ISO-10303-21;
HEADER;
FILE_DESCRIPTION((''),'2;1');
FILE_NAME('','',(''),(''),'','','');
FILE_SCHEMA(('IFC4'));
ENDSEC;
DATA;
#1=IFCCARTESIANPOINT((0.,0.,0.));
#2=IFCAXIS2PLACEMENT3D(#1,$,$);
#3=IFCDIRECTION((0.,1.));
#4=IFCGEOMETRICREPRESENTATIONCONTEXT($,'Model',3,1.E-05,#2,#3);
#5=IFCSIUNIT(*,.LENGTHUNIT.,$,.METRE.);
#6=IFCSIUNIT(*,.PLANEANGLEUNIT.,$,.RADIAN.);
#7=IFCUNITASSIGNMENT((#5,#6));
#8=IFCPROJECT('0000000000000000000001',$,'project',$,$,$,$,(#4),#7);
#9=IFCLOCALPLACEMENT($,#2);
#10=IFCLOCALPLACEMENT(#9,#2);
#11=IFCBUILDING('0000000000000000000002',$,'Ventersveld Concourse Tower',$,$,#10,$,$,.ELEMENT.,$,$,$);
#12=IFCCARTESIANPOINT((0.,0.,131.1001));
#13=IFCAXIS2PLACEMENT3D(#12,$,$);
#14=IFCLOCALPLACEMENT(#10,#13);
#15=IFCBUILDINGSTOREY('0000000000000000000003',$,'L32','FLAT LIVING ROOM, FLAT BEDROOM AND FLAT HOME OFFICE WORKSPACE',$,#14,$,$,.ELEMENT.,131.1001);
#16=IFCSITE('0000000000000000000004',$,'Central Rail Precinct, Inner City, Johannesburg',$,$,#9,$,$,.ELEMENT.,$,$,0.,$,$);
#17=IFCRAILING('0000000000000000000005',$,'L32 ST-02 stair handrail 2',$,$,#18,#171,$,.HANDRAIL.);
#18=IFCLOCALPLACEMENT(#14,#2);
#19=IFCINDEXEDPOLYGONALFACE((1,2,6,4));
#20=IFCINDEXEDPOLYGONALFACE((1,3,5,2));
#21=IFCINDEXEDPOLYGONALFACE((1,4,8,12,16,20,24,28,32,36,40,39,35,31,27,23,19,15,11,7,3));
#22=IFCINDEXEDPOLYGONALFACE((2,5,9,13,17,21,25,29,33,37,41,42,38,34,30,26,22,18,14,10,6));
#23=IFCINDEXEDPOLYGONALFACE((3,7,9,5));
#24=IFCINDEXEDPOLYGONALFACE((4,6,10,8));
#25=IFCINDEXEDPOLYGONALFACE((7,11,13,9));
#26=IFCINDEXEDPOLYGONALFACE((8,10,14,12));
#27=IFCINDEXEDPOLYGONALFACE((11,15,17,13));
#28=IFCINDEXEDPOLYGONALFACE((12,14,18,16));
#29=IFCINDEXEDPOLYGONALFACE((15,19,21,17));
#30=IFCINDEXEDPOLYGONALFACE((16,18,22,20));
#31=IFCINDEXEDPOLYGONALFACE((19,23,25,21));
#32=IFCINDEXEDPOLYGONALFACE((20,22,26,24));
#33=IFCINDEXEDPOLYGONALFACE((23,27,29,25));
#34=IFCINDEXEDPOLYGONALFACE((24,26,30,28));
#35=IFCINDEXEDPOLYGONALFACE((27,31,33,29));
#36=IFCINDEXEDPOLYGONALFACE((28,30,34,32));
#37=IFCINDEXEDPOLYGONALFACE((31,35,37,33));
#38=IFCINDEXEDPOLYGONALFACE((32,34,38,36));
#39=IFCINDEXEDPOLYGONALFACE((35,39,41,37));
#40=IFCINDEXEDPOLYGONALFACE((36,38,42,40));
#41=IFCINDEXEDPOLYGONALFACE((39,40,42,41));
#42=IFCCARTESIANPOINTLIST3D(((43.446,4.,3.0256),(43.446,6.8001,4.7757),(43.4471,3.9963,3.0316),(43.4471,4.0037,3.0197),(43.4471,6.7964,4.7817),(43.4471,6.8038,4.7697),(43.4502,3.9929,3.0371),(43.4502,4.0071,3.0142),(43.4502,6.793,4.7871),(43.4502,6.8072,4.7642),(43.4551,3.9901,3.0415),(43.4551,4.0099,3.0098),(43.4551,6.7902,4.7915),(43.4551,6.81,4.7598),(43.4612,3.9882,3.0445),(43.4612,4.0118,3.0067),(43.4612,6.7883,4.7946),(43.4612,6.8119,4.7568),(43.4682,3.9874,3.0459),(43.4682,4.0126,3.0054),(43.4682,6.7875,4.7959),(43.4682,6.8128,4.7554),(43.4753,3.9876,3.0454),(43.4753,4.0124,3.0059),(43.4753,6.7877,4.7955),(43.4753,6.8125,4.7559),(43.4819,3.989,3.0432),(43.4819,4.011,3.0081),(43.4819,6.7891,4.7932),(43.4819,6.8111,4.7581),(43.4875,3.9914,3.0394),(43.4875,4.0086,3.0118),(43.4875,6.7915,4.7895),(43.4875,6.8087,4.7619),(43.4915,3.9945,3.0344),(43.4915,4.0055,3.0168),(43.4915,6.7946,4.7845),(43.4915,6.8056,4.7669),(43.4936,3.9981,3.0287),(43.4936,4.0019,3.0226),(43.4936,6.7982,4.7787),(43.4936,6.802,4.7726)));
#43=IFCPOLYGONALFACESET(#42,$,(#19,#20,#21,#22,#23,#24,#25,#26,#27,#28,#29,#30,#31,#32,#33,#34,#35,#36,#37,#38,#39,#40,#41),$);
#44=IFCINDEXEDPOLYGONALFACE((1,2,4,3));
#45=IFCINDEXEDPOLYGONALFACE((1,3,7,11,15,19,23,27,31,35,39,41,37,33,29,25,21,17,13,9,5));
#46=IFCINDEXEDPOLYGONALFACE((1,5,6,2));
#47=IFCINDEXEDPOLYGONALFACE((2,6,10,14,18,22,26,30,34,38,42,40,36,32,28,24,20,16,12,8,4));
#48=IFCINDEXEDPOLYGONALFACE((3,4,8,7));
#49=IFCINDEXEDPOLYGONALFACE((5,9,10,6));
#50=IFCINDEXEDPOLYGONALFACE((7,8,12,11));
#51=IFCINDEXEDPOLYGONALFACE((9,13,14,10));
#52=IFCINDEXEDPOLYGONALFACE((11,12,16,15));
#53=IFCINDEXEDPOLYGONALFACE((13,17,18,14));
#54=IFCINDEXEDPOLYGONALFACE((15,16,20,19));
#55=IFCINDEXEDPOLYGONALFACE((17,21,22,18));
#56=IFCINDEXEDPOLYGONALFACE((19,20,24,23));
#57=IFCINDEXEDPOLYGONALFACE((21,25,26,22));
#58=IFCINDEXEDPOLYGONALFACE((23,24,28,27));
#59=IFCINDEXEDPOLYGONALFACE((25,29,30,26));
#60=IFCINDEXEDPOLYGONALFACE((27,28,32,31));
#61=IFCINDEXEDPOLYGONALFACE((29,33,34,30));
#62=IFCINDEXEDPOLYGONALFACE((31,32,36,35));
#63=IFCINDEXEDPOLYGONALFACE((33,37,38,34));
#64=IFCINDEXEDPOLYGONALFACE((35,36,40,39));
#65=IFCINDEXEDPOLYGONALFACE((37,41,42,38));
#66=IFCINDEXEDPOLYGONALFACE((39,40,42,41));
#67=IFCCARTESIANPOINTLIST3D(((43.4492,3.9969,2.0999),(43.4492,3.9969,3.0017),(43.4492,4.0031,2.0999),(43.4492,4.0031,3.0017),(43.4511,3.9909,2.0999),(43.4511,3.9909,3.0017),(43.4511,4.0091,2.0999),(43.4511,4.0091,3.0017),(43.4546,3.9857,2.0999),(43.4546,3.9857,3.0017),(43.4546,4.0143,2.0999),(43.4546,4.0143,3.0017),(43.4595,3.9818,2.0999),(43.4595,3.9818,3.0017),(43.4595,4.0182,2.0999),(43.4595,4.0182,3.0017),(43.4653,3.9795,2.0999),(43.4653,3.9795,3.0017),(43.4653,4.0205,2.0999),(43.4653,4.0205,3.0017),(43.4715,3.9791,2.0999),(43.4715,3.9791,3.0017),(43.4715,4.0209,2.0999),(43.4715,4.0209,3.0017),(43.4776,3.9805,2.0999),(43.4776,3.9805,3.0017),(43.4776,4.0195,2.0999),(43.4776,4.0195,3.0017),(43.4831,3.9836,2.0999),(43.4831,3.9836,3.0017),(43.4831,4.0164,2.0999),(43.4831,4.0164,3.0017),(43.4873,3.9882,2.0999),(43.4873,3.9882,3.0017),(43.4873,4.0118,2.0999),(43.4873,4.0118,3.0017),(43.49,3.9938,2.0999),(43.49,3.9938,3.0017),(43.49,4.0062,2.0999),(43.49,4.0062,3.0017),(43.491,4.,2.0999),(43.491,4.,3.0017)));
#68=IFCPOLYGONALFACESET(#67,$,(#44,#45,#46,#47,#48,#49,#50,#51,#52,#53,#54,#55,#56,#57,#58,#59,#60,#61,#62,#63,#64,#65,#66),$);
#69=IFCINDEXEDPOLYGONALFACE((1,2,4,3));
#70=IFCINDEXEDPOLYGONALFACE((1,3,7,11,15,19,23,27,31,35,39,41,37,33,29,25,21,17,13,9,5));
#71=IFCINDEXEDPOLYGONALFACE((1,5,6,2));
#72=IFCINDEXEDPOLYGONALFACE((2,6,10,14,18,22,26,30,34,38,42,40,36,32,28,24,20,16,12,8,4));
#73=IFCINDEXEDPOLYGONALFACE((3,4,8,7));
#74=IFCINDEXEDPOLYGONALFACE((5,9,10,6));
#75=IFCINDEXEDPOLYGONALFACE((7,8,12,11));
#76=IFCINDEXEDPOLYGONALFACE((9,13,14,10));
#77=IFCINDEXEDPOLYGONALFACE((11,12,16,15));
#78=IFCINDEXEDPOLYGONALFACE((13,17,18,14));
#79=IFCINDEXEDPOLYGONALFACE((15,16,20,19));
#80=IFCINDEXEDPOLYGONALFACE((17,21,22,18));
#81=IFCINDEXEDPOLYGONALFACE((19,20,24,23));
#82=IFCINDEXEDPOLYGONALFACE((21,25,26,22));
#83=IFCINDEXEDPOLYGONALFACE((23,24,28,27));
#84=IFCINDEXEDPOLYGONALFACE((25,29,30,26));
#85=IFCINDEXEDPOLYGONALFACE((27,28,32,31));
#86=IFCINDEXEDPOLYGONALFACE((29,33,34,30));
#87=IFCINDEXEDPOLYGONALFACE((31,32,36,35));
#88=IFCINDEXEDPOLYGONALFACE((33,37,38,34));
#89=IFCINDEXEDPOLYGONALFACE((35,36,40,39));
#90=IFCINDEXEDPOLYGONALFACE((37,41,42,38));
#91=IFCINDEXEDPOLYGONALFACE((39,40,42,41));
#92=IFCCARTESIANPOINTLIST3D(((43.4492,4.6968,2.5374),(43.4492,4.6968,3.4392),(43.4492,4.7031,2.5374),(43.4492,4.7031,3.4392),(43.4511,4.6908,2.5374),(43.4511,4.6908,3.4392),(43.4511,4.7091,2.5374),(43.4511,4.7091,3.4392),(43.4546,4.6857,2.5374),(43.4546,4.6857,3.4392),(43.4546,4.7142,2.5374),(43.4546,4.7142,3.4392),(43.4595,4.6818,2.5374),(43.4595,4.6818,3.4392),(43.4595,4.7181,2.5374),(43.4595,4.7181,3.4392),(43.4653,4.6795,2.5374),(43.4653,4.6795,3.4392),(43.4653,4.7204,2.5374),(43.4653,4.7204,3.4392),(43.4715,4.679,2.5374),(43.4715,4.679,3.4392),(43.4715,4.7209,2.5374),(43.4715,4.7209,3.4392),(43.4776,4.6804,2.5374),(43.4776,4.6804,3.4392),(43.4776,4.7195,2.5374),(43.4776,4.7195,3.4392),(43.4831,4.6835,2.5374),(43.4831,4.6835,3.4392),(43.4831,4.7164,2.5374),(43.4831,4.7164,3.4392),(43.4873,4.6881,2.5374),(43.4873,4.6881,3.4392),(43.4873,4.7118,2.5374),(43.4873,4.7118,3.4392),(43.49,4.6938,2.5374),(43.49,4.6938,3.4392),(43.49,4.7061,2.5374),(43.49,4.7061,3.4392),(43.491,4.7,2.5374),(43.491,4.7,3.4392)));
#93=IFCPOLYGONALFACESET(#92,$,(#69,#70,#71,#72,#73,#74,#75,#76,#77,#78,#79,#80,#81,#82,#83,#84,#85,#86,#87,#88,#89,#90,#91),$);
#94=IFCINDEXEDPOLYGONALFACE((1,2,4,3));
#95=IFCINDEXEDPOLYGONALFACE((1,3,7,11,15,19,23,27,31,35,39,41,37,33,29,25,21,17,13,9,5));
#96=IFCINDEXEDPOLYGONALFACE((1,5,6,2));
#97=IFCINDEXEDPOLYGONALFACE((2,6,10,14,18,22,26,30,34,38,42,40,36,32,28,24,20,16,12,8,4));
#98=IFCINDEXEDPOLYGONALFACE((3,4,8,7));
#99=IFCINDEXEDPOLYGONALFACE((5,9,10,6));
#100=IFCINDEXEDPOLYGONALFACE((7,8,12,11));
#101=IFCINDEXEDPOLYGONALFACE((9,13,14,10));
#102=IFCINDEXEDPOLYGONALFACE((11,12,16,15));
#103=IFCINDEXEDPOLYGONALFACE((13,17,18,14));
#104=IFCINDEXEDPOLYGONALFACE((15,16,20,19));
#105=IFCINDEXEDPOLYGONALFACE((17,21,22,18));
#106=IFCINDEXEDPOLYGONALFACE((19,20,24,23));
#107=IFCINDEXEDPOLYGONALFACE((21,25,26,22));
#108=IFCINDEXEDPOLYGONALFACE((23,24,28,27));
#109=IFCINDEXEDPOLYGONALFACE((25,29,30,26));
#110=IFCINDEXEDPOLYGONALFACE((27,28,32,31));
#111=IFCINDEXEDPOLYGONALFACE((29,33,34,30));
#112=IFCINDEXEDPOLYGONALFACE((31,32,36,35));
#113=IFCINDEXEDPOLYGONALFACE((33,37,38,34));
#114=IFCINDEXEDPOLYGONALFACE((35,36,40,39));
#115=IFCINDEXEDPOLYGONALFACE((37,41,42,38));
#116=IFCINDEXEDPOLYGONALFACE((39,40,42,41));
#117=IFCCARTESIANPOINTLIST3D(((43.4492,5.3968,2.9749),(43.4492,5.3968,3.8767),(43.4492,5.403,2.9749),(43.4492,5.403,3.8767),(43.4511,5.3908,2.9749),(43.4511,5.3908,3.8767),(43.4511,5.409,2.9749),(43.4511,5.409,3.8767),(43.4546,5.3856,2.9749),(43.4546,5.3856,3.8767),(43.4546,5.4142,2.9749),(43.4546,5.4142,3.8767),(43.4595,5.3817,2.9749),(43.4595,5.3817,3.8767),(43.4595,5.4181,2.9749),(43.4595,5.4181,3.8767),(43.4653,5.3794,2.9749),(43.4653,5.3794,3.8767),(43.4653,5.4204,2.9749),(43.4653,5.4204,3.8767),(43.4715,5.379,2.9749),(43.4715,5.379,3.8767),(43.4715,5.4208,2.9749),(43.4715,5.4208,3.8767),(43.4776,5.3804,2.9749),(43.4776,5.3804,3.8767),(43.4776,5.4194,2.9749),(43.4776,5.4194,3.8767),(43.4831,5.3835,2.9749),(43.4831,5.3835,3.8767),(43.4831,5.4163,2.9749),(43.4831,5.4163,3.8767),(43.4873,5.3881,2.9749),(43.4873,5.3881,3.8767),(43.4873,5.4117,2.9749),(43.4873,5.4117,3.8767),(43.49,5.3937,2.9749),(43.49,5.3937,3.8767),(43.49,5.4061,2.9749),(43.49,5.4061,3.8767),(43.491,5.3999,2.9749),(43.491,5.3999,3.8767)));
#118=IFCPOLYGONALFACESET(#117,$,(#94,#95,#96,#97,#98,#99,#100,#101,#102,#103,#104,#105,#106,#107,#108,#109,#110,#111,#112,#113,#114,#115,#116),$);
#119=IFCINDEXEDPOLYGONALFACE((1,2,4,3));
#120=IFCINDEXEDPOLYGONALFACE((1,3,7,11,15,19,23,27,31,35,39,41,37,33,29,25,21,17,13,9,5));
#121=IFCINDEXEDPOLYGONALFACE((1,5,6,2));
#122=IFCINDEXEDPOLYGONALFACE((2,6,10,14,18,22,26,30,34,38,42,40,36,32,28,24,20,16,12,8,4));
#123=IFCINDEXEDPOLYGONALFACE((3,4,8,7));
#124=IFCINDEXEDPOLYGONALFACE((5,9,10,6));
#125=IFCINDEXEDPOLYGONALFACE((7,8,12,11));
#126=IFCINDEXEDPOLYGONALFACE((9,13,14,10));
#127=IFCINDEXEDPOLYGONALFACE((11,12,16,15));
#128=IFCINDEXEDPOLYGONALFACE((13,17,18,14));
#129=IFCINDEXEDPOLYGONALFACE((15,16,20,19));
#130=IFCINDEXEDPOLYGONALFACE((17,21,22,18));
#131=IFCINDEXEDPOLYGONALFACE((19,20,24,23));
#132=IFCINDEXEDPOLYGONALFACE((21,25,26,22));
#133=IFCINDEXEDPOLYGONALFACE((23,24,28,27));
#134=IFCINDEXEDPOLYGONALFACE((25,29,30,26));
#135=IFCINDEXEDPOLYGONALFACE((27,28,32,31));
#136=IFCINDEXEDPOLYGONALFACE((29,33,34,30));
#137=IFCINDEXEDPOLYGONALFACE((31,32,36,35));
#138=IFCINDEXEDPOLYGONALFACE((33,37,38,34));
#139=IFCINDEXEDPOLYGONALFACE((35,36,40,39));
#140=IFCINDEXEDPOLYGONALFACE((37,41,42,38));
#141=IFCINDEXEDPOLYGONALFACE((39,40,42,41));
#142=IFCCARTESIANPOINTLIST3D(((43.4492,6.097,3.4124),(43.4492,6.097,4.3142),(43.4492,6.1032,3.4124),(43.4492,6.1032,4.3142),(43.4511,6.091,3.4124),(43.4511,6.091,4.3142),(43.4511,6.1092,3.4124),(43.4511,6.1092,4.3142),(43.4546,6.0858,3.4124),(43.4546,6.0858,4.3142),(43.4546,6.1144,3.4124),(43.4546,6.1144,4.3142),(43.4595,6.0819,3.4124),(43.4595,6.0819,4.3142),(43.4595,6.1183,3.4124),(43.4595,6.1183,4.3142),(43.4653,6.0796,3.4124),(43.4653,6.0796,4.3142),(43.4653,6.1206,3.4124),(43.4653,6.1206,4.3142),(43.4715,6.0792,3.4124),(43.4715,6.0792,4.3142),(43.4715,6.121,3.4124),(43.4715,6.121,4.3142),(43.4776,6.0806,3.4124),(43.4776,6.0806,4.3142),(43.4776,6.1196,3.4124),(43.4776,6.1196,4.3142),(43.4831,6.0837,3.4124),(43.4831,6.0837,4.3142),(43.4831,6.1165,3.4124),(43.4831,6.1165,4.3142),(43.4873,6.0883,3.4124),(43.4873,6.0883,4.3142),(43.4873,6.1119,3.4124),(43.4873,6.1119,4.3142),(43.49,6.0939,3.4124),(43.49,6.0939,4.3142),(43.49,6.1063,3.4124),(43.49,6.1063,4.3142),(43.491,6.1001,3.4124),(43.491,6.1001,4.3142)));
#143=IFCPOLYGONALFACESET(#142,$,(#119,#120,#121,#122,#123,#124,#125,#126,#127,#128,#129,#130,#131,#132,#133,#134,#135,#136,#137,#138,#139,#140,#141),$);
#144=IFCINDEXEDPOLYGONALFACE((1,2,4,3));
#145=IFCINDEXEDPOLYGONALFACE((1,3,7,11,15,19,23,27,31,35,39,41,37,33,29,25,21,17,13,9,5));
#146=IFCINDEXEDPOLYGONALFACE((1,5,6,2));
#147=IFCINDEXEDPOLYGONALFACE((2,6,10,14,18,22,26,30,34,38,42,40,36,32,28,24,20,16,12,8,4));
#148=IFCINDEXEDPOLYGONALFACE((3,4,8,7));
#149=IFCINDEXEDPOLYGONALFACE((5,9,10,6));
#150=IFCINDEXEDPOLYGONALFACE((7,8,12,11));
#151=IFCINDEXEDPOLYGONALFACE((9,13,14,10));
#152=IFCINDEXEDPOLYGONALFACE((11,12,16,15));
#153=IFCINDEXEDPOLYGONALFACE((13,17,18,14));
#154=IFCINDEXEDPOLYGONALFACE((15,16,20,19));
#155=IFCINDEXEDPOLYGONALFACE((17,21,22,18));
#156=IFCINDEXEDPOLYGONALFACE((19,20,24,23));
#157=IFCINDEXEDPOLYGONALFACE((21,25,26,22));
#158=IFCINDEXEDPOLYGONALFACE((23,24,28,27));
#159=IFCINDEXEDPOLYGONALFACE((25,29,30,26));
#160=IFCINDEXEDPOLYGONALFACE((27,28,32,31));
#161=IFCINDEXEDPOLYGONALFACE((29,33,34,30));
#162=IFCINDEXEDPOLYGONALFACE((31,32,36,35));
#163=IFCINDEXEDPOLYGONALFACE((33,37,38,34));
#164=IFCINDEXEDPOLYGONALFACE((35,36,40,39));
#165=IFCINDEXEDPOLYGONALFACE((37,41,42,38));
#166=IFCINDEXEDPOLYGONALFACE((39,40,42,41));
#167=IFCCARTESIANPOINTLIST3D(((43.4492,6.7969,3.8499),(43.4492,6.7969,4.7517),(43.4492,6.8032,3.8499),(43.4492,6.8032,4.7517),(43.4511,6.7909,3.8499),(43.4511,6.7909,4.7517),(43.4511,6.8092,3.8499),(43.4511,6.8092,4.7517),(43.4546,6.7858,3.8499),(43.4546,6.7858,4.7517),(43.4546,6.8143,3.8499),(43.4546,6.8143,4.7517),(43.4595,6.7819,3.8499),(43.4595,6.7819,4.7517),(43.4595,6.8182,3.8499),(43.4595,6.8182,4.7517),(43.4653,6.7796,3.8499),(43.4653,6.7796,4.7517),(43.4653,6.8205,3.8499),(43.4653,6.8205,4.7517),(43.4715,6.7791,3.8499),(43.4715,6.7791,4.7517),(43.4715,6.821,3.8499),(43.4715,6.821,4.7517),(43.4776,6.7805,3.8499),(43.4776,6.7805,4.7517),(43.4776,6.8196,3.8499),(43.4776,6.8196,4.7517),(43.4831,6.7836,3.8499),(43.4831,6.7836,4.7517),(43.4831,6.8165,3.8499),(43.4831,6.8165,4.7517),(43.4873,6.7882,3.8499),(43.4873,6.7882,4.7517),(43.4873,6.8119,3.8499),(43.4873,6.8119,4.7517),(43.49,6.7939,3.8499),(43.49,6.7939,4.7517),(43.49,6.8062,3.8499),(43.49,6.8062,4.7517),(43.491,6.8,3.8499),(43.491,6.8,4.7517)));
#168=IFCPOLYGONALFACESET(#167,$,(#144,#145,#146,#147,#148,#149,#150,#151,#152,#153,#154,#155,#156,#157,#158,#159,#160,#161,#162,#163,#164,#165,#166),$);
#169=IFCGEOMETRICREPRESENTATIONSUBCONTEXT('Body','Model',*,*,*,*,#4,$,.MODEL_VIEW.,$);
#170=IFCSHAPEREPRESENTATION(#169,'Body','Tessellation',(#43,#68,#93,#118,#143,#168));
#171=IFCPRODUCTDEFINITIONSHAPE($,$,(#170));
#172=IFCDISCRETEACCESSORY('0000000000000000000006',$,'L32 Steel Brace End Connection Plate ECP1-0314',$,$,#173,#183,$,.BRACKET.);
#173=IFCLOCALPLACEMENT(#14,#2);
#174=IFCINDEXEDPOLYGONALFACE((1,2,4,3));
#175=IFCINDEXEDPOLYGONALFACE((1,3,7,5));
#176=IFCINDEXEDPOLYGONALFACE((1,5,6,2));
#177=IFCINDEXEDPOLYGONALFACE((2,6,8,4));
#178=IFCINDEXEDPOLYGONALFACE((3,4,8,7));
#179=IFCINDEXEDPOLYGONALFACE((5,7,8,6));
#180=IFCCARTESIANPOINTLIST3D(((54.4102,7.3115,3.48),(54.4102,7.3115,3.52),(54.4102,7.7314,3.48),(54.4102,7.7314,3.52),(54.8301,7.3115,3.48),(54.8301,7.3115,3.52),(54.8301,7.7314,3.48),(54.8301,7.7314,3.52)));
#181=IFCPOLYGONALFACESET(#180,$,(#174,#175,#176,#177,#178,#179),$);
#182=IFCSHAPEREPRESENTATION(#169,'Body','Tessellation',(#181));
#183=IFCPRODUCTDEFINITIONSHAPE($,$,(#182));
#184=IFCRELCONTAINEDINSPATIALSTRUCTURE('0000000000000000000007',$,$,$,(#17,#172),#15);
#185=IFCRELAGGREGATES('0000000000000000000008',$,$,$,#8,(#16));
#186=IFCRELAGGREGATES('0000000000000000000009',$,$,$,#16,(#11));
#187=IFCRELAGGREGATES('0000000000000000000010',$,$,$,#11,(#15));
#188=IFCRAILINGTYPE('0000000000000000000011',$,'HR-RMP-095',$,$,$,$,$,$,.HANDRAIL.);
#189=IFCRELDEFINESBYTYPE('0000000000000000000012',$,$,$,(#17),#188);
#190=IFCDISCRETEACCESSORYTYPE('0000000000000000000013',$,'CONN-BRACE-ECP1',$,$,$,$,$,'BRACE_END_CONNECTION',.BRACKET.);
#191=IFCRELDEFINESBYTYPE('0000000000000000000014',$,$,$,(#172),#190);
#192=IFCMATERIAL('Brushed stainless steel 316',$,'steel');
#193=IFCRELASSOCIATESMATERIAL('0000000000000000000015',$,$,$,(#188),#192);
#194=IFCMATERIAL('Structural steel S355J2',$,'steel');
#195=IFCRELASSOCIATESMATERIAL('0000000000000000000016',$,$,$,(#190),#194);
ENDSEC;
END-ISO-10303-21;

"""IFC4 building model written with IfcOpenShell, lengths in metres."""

from ifc_helpers import new_model, si_unit, direction, frame, origin, origin_2d, place, context, subcontext, project, spatial, rectangle, circle, extrude, material, type_object, element, save


model = new_model("IFC4")

# Units and contexts
model_context = context("Model", 3, precision=1e-05, world=origin(), true_north=direction((0.0, 1.0)))
body_context = subcontext(model_context, "Body", "Model", "MODEL_VIEW")
ifc_project = project(units=[si_unit("LENGTHUNIT", "METRE"), si_unit("PLANEANGLEUNIT", "RADIAN")], contexts=[model_context])

# Site, building, storey
site_placement = place(None, origin())
site = spatial("IfcSite", under=ifc_project, at=site_placement, Name="Central Rail Precinct, Inner City, Johannesburg", CompositionType="ELEMENT", RefElevation=0.0)
building_placement = place(site_placement, origin())
building = spatial("IfcBuilding", under=site, at=building_placement, Name="Ventersveld Concourse Tower", CompositionType="ELEMENT")
storey_placement = place(building_placement, frame((0.0, 0.0, 131.1001)))
storey = spatial("IfcBuildingStorey", under=building, at=storey_placement, Name="L32", Description="FLAT LIVING ROOM, FLAT BEDROOM AND FLAT HOME OFFICE WORKSPACE", CompositionType="ELEMENT", Elevation=131.1001)

# Shared definitions
ifc_material_1 = material(Name="Structural steel S355J2", Category="steel")

# Railing
ifc_material_2 = material(Name="Brushed stainless steel 316", Category="steel")
railing_type = type_object("IfcRailingType", Name="HR-RMP-095", PredefinedType="HANDRAIL", material=ifc_material_2)
railing_placement = place(storey_placement, frame((43.47, 4.0, 2.0999)))
element("IfcRailing", 1, at=railing_placement, inside=storey, type_object=railing_type, Name="L32 ST-02 stair handrail 2", PredefinedType="HANDRAIL", context=body_context, shape_type="SweptSolid", body=[
    extrude(circle(Radius=0.0239, at=origin_2d()), frame((0.0, 0.0, 0.9258), z_axis=(0.0, 0.848002, 0.529992), x_axis=(-1.0, 0.0, 0.0)), (0.0, 0.0, 1.0), 3.302),
    extrude(circle(Radius=0.021, at=origin_2d()), origin(), (0.0, 0.0, 1.0), 0.9019),
    extrude(circle(Radius=0.021, at=origin_2d()), frame((0.0, 0.7, 0.4375)), (0.0, 0.0, 1.0), 0.9019),
    extrude(circle(Radius=0.021, at=origin_2d()), frame((0.0, 1.3999, 0.875)), (0.0, 0.0, 1.0), 0.9019),
    extrude(circle(Radius=0.021, at=origin_2d()), frame((0.0, 2.1001, 1.3125)), (0.0, 0.0, 1.0), 0.9019),
    extrude(circle(Radius=0.021, at=origin_2d()), frame((0.0, 2.8, 1.75)), (0.0, 0.0, 1.0), 0.9019),
])

# Discrete accessory
discrete_accessory_type = type_object("IfcDiscreteAccessoryType", Name="CONN-BRACE-ECP1", ElementType="BRACE_END_CONNECTION", PredefinedType="BRACKET", material=ifc_material_1)
discrete_accessory_placement = place(storey_placement, frame((54.6201, 7.5215, 3.48), z_axis=(0.0, 0.0, 1.0), x_axis=(1.0, 0.0, 0.0)))
element("IfcDiscreteAccessory", 2, at=discrete_accessory_placement, inside=storey, type_object=discrete_accessory_type, Name="L32 Steel Brace End Connection Plate ECP1-0314", PredefinedType="BRACKET", context=body_context, shape_type="SweptSolid", body=[
    extrude(rectangle(XDim=0.4199, YDim=0.4199, at=origin_2d()), origin(), (0.0, 0.0, 1.0), 0.04),
])

save(model, "model.ifc")
